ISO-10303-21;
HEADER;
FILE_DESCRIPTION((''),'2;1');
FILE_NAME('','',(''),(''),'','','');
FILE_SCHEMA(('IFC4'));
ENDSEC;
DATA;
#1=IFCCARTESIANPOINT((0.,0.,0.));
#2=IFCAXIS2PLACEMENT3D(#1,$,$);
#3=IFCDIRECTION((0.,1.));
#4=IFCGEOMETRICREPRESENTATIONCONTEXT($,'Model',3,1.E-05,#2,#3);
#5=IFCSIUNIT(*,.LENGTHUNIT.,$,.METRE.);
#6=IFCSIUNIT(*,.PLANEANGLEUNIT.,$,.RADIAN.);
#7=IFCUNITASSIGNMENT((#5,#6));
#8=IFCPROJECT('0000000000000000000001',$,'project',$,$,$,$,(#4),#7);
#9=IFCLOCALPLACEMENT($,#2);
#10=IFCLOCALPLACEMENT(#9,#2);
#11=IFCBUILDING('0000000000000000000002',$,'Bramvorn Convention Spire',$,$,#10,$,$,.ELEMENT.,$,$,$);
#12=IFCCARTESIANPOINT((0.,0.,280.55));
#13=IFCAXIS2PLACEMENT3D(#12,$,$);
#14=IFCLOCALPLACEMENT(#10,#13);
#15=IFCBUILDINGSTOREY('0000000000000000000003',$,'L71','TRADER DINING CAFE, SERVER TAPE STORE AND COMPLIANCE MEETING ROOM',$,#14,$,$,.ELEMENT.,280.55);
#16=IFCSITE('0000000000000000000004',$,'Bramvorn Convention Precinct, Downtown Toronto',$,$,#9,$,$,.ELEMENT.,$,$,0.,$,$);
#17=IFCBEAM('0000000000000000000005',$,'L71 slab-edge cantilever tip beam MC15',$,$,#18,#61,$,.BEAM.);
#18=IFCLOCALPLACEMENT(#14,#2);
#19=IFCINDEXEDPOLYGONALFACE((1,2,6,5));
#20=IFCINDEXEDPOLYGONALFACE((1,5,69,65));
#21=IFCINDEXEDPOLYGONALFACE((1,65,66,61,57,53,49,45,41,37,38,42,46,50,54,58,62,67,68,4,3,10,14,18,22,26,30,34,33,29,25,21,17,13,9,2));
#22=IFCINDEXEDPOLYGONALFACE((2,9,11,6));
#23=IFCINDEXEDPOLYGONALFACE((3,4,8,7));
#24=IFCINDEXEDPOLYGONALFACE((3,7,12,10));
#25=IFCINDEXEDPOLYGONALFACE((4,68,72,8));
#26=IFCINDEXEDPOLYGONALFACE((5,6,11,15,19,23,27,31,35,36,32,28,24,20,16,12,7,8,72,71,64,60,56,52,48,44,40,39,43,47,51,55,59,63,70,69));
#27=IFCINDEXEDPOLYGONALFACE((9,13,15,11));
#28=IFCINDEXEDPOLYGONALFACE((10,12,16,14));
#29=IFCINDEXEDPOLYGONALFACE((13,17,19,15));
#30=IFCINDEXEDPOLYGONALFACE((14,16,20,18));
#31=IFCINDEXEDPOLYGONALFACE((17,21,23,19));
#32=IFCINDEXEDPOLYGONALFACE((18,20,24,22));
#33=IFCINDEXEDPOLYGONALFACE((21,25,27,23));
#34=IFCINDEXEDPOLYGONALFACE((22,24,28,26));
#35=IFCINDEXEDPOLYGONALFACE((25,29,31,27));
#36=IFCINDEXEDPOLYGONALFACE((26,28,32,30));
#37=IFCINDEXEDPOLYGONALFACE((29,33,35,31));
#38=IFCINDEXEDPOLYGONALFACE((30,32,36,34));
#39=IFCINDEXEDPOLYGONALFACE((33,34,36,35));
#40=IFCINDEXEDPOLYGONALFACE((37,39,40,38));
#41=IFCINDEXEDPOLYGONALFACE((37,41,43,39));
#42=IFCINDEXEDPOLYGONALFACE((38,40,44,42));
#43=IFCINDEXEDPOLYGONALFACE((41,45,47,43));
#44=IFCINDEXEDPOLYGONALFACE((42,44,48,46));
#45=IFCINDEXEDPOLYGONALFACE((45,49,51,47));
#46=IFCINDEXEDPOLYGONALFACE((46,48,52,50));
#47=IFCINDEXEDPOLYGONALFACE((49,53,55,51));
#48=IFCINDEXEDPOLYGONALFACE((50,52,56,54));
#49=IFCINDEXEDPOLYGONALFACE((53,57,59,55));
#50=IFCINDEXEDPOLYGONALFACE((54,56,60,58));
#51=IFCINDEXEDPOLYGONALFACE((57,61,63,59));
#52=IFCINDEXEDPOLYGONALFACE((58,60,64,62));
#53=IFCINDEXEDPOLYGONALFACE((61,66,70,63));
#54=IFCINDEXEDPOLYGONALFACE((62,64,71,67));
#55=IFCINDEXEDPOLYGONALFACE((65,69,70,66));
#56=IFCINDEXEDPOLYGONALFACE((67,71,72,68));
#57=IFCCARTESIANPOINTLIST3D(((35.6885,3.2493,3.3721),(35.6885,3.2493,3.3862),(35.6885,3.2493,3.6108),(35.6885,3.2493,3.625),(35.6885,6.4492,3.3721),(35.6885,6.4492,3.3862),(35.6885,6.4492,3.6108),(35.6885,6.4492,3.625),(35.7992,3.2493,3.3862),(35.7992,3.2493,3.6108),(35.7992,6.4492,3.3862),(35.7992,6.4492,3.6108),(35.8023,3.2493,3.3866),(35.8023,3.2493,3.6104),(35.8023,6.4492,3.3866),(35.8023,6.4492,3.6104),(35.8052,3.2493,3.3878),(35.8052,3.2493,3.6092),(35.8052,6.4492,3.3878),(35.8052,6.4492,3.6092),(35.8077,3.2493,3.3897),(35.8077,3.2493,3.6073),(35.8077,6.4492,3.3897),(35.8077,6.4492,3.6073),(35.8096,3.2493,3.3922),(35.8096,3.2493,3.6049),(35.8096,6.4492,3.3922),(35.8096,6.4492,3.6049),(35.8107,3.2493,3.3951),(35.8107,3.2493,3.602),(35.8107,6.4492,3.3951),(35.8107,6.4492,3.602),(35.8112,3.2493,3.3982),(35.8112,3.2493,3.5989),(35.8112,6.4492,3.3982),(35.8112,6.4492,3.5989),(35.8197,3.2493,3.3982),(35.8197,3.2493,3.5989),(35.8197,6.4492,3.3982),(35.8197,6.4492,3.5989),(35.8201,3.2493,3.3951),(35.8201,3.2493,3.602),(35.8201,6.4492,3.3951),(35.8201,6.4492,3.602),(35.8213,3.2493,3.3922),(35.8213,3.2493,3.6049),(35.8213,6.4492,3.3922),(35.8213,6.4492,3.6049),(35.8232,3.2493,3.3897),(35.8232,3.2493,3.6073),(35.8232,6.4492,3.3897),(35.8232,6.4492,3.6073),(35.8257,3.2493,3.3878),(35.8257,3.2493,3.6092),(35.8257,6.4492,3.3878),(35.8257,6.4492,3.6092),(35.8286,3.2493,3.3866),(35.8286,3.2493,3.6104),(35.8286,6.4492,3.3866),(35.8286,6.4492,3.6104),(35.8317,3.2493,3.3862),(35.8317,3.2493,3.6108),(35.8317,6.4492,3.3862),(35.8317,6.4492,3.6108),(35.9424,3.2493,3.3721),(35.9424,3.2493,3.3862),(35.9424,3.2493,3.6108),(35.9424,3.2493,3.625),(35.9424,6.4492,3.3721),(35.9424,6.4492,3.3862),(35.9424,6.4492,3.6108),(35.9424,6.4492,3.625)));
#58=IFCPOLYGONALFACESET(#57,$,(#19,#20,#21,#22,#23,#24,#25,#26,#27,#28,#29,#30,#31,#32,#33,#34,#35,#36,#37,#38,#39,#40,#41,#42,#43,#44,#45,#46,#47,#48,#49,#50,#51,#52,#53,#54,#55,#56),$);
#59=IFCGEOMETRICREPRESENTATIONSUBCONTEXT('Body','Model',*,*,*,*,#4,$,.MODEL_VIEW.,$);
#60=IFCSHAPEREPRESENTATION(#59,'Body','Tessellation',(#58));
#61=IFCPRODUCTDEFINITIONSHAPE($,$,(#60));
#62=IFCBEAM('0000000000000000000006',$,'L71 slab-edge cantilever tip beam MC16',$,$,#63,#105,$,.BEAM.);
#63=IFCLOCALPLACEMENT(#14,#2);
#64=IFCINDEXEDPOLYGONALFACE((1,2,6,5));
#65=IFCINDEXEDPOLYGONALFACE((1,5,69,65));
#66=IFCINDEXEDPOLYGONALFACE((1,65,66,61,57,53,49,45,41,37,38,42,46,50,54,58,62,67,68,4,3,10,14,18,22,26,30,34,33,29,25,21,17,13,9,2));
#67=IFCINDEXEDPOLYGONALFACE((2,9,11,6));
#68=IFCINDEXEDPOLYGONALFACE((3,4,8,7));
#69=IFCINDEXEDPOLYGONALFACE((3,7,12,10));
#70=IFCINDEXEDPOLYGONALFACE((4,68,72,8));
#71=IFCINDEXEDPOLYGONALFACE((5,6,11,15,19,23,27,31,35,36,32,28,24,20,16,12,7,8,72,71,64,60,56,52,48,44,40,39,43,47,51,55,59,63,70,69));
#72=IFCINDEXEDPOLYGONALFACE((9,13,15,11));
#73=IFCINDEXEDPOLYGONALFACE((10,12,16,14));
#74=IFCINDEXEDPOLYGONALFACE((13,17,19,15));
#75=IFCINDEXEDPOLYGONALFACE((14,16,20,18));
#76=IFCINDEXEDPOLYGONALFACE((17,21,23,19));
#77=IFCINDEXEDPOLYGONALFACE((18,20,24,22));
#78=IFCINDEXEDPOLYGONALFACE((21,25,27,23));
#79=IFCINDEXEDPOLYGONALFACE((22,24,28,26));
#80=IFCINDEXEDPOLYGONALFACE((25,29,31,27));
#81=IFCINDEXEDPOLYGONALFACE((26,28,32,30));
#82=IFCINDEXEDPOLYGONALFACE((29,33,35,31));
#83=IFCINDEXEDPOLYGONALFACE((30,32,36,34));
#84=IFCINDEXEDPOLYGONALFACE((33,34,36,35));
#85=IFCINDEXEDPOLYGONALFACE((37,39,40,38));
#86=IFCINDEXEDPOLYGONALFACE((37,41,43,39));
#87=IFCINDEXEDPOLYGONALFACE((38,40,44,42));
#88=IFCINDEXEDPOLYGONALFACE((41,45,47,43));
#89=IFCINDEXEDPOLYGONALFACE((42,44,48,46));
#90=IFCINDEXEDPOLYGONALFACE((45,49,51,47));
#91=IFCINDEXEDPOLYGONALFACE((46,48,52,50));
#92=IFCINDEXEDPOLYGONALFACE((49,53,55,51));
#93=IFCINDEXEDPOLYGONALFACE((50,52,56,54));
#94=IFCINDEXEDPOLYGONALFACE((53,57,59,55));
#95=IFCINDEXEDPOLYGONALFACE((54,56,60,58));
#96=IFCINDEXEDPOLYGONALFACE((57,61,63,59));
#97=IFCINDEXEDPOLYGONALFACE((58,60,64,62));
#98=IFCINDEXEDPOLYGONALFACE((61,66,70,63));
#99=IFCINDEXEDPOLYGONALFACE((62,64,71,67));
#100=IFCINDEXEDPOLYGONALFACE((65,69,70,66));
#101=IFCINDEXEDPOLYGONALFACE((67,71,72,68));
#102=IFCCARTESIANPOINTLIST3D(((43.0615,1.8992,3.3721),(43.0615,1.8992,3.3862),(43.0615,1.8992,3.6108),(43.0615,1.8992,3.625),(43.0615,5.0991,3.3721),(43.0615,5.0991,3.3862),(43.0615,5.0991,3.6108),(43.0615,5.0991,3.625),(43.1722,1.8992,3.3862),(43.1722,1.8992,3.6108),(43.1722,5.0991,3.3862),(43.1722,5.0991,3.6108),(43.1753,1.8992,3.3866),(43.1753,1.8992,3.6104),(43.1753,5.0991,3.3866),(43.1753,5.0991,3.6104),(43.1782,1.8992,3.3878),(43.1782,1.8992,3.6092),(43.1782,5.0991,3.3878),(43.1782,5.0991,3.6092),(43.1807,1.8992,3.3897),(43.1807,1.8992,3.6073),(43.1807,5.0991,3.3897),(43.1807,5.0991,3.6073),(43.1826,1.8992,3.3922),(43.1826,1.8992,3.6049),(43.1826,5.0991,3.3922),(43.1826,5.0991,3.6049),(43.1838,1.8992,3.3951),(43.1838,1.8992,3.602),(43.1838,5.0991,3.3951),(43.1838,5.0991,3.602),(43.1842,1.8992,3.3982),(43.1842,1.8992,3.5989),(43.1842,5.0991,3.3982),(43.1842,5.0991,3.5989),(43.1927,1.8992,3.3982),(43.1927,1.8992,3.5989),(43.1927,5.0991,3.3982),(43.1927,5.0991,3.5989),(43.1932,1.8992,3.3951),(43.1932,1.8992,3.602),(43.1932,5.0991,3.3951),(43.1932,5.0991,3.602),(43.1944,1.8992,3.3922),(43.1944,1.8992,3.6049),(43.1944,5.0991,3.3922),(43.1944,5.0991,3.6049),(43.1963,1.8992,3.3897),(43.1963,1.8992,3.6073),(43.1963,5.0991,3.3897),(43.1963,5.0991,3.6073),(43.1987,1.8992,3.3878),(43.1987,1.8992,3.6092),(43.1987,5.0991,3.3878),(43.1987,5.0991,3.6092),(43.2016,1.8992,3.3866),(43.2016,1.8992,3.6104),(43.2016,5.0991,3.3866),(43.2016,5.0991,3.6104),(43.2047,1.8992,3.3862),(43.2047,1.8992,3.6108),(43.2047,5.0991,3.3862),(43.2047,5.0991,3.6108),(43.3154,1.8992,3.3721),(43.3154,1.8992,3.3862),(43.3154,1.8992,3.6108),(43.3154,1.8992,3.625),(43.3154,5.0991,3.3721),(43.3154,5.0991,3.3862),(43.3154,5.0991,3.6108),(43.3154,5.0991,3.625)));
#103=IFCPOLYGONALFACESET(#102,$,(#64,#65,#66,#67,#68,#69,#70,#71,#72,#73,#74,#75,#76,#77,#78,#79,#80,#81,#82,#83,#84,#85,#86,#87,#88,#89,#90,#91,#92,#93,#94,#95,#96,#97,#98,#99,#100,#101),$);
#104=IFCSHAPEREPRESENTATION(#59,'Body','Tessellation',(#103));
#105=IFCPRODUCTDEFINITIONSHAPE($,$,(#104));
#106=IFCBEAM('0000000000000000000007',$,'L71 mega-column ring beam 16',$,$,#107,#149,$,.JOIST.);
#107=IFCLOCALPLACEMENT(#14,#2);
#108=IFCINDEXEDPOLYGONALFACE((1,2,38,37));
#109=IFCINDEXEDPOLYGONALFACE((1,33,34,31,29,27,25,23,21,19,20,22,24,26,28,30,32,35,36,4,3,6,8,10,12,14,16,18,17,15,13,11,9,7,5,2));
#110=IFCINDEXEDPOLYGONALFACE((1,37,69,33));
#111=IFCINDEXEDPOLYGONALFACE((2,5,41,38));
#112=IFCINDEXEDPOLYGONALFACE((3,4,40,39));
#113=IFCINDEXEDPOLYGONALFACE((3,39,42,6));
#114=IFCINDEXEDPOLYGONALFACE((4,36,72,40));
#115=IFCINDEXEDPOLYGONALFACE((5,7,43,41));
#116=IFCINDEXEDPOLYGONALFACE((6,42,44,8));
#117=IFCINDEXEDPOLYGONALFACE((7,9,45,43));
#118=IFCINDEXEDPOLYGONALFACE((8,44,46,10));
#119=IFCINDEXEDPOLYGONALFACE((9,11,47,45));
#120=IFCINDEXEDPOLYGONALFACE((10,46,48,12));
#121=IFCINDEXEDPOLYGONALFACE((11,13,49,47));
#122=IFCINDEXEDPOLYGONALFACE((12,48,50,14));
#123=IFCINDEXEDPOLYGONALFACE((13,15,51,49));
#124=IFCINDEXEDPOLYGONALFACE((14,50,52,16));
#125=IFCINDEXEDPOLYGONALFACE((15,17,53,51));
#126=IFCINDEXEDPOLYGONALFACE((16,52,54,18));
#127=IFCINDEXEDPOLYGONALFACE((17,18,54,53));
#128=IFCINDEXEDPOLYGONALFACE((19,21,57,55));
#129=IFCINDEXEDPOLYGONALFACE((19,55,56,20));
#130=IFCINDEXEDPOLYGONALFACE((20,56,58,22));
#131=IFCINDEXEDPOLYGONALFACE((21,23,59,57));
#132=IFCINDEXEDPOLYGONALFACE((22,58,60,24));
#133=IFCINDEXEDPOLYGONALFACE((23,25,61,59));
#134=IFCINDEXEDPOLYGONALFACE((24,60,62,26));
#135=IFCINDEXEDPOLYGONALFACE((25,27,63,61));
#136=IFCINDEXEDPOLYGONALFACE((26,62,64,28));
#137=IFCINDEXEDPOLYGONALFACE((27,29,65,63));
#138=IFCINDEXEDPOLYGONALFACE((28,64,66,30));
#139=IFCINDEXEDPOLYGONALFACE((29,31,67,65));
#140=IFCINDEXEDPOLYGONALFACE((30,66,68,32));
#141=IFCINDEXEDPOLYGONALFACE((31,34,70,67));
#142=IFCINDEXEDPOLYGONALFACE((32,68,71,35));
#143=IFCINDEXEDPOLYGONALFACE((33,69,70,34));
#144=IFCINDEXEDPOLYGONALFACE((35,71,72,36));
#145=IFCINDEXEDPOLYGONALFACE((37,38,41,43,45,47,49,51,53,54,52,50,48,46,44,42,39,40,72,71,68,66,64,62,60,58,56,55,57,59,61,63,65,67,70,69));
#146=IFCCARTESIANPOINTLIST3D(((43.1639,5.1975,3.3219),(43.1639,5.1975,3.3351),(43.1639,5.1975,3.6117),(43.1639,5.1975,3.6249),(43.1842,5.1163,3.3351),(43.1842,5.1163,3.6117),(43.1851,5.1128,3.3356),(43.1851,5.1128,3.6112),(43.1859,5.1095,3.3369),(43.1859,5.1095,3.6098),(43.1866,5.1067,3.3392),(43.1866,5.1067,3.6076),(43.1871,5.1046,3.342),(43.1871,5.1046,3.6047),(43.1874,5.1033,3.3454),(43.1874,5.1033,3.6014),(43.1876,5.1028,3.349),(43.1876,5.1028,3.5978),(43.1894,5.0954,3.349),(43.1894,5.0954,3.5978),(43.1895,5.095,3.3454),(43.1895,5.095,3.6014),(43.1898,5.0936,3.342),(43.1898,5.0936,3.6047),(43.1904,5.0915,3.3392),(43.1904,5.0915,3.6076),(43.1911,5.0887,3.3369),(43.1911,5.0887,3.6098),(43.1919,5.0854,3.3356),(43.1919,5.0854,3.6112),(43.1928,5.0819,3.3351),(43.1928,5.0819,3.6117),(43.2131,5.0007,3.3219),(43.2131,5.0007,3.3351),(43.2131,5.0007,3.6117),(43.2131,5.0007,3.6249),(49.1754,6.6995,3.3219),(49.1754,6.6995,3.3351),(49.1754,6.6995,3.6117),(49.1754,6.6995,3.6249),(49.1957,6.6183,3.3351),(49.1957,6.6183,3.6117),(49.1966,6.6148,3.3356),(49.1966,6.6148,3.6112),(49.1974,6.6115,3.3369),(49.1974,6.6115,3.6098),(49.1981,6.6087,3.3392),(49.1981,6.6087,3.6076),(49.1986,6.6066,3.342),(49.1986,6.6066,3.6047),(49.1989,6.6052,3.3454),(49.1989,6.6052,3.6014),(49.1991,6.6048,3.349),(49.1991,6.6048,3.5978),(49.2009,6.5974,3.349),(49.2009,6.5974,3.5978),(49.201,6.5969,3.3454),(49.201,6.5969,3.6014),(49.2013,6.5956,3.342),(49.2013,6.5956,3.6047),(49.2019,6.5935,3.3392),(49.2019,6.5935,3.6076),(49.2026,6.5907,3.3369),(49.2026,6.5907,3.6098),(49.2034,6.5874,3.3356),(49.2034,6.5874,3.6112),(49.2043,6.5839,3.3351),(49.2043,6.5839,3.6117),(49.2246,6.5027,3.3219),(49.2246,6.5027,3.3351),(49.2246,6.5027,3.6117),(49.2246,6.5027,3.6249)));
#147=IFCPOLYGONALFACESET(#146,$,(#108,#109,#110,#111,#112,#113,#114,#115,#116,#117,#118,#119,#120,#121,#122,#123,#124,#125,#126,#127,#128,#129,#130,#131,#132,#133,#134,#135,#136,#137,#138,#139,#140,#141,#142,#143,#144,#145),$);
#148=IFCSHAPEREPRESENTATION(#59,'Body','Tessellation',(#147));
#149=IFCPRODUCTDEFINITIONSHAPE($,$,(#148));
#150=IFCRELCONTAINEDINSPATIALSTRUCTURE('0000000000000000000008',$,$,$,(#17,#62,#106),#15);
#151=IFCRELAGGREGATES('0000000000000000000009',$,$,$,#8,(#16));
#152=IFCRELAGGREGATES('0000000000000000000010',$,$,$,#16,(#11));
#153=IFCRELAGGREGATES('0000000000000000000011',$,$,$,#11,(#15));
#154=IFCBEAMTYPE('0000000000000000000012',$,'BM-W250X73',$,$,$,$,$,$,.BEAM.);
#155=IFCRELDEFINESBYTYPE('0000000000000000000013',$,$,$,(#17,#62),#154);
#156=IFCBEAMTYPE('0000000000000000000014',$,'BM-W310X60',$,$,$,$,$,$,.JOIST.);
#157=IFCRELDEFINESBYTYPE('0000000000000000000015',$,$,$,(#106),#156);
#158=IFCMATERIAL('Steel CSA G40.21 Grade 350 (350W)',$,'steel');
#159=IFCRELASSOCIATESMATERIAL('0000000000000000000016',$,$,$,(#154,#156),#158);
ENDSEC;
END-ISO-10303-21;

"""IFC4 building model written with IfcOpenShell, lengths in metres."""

from ifc_helpers import new_model, si_unit, direction, frame, origin, origin_2d, place, context, subcontext, project, spatial, i_section, extrude, material, material_profile, profile_set, type_object, element, save


model = new_model("IFC4")

# Units and contexts
model_context = context("Model", 3, precision=1e-05, world=origin(), true_north=direction((0.0, 1.0)))
body_context = subcontext(model_context, "Body", "Model", "MODEL_VIEW")
ifc_project = project(units=[si_unit("LENGTHUNIT", "METRE"), si_unit("PLANEANGLEUNIT", "RADIAN")], contexts=[model_context])

# Site, building, storey
site_placement = place(None, origin())
site = spatial("IfcSite", under=ifc_project, at=site_placement, Name="Bramvorn Convention Precinct, Downtown Toronto", CompositionType="ELEMENT", RefElevation=0.0)
building_placement = place(site_placement, origin())
building = spatial("IfcBuilding", under=site, at=building_placement, Name="Bramvorn Convention Spire", CompositionType="ELEMENT")
storey_placement = place(building_placement, frame((0.0, 0.0, 280.55)))
storey = spatial("IfcBuildingStorey", under=building, at=storey_placement, Name="L71", Description="TRADER DINING CAFE, SERVER TAPE STORE AND COMPLIANCE MEETING ROOM", CompositionType="ELEMENT", Elevation=280.55)

# Shared definitions
ifc_material_1 = material(Name="Steel CSA G40.21 Grade 350 (350W)", Category="steel")

# Beams
ifc_material_profile_1 = material_profile(ifc_material_1, i_section(OverallWidth=0.2539, OverallDepth=0.2529, WebThickness=0.0085, FlangeThickness=0.0142, FilletRadius=0.012, at=origin_2d()))
ifc_profile_set_1 = profile_set([ifc_material_profile_1], Name="Steel CSA G40.21 Grade 350 (350W) - W250X73")
beam_type_1 = type_object("IfcBeamType", Name="BM-W250X73", PredefinedType="BEAM", material=ifc_profile_set_1)
for number, where, z_axis, x_axis, name in (
    (1, (35.8154, 6.4492, 3.4985), (0.0, -1.0, 0.0), (1.0, 0.0, 0.0), "L71 slab-edge cantilever tip beam MC15"),
    (2, (43.1885, 5.0991, 3.4985), (0.0, -1.0, 0.0), (1.0, 0.0, 0.0), "L71 slab-edge cantilever tip beam MC16"),
):
    element("IfcBeam", number, at=place(storey_placement, frame(where, z_axis=z_axis, x_axis=x_axis)), inside=storey, type_object=beam_type_1, Name=name, PredefinedType="BEAM", context=body_context, shape_type="SweptSolid", body=[
        extrude(i_section(OverallWidth=0.2539, OverallDepth=0.2529, WebThickness=0.0085, FlangeThickness=0.0142, FilletRadius=0.012, at=origin_2d()), origin(), (0.0, 0.0, 1.0), 3.2),
    ])
ifc_material_profile_2 = material_profile(ifc_material_1, i_section(OverallWidth=0.2029, OverallDepth=0.303, WebThickness=0.0076, FlangeThickness=0.0132, FilletRadius=0.0139, at=origin_2d()))
ifc_profile_set_2 = profile_set([ifc_material_profile_2], Name="Steel CSA G40.21 Grade 350 (350W) - W310X60")
beam_type_2 = type_object("IfcBeamType", Name="BM-W310X60", PredefinedType="JOIST", material=ifc_profile_set_2)
beam_placement = place(storey_placement, frame((43.1885, 5.0991, 3.4734), z_axis=(0.970177, 0.242397, 0.0), x_axis=(-0.242397, 0.970177, 0.0)))
element("IfcBeam", 3, at=beam_placement, inside=storey, type_object=beam_type_2, Name="L71 mega-column ring beam 16", PredefinedType="JOIST", context=body_context, shape_type="SweptSolid", body=[
    extrude(i_section(OverallWidth=0.2029, OverallDepth=0.303, WebThickness=0.0076, FlangeThickness=0.0132, FilletRadius=0.0139, at=origin_2d()), origin(), (0.0, 0.0, 1.0), 6.1963),
])

save(model, "model.ifc")
